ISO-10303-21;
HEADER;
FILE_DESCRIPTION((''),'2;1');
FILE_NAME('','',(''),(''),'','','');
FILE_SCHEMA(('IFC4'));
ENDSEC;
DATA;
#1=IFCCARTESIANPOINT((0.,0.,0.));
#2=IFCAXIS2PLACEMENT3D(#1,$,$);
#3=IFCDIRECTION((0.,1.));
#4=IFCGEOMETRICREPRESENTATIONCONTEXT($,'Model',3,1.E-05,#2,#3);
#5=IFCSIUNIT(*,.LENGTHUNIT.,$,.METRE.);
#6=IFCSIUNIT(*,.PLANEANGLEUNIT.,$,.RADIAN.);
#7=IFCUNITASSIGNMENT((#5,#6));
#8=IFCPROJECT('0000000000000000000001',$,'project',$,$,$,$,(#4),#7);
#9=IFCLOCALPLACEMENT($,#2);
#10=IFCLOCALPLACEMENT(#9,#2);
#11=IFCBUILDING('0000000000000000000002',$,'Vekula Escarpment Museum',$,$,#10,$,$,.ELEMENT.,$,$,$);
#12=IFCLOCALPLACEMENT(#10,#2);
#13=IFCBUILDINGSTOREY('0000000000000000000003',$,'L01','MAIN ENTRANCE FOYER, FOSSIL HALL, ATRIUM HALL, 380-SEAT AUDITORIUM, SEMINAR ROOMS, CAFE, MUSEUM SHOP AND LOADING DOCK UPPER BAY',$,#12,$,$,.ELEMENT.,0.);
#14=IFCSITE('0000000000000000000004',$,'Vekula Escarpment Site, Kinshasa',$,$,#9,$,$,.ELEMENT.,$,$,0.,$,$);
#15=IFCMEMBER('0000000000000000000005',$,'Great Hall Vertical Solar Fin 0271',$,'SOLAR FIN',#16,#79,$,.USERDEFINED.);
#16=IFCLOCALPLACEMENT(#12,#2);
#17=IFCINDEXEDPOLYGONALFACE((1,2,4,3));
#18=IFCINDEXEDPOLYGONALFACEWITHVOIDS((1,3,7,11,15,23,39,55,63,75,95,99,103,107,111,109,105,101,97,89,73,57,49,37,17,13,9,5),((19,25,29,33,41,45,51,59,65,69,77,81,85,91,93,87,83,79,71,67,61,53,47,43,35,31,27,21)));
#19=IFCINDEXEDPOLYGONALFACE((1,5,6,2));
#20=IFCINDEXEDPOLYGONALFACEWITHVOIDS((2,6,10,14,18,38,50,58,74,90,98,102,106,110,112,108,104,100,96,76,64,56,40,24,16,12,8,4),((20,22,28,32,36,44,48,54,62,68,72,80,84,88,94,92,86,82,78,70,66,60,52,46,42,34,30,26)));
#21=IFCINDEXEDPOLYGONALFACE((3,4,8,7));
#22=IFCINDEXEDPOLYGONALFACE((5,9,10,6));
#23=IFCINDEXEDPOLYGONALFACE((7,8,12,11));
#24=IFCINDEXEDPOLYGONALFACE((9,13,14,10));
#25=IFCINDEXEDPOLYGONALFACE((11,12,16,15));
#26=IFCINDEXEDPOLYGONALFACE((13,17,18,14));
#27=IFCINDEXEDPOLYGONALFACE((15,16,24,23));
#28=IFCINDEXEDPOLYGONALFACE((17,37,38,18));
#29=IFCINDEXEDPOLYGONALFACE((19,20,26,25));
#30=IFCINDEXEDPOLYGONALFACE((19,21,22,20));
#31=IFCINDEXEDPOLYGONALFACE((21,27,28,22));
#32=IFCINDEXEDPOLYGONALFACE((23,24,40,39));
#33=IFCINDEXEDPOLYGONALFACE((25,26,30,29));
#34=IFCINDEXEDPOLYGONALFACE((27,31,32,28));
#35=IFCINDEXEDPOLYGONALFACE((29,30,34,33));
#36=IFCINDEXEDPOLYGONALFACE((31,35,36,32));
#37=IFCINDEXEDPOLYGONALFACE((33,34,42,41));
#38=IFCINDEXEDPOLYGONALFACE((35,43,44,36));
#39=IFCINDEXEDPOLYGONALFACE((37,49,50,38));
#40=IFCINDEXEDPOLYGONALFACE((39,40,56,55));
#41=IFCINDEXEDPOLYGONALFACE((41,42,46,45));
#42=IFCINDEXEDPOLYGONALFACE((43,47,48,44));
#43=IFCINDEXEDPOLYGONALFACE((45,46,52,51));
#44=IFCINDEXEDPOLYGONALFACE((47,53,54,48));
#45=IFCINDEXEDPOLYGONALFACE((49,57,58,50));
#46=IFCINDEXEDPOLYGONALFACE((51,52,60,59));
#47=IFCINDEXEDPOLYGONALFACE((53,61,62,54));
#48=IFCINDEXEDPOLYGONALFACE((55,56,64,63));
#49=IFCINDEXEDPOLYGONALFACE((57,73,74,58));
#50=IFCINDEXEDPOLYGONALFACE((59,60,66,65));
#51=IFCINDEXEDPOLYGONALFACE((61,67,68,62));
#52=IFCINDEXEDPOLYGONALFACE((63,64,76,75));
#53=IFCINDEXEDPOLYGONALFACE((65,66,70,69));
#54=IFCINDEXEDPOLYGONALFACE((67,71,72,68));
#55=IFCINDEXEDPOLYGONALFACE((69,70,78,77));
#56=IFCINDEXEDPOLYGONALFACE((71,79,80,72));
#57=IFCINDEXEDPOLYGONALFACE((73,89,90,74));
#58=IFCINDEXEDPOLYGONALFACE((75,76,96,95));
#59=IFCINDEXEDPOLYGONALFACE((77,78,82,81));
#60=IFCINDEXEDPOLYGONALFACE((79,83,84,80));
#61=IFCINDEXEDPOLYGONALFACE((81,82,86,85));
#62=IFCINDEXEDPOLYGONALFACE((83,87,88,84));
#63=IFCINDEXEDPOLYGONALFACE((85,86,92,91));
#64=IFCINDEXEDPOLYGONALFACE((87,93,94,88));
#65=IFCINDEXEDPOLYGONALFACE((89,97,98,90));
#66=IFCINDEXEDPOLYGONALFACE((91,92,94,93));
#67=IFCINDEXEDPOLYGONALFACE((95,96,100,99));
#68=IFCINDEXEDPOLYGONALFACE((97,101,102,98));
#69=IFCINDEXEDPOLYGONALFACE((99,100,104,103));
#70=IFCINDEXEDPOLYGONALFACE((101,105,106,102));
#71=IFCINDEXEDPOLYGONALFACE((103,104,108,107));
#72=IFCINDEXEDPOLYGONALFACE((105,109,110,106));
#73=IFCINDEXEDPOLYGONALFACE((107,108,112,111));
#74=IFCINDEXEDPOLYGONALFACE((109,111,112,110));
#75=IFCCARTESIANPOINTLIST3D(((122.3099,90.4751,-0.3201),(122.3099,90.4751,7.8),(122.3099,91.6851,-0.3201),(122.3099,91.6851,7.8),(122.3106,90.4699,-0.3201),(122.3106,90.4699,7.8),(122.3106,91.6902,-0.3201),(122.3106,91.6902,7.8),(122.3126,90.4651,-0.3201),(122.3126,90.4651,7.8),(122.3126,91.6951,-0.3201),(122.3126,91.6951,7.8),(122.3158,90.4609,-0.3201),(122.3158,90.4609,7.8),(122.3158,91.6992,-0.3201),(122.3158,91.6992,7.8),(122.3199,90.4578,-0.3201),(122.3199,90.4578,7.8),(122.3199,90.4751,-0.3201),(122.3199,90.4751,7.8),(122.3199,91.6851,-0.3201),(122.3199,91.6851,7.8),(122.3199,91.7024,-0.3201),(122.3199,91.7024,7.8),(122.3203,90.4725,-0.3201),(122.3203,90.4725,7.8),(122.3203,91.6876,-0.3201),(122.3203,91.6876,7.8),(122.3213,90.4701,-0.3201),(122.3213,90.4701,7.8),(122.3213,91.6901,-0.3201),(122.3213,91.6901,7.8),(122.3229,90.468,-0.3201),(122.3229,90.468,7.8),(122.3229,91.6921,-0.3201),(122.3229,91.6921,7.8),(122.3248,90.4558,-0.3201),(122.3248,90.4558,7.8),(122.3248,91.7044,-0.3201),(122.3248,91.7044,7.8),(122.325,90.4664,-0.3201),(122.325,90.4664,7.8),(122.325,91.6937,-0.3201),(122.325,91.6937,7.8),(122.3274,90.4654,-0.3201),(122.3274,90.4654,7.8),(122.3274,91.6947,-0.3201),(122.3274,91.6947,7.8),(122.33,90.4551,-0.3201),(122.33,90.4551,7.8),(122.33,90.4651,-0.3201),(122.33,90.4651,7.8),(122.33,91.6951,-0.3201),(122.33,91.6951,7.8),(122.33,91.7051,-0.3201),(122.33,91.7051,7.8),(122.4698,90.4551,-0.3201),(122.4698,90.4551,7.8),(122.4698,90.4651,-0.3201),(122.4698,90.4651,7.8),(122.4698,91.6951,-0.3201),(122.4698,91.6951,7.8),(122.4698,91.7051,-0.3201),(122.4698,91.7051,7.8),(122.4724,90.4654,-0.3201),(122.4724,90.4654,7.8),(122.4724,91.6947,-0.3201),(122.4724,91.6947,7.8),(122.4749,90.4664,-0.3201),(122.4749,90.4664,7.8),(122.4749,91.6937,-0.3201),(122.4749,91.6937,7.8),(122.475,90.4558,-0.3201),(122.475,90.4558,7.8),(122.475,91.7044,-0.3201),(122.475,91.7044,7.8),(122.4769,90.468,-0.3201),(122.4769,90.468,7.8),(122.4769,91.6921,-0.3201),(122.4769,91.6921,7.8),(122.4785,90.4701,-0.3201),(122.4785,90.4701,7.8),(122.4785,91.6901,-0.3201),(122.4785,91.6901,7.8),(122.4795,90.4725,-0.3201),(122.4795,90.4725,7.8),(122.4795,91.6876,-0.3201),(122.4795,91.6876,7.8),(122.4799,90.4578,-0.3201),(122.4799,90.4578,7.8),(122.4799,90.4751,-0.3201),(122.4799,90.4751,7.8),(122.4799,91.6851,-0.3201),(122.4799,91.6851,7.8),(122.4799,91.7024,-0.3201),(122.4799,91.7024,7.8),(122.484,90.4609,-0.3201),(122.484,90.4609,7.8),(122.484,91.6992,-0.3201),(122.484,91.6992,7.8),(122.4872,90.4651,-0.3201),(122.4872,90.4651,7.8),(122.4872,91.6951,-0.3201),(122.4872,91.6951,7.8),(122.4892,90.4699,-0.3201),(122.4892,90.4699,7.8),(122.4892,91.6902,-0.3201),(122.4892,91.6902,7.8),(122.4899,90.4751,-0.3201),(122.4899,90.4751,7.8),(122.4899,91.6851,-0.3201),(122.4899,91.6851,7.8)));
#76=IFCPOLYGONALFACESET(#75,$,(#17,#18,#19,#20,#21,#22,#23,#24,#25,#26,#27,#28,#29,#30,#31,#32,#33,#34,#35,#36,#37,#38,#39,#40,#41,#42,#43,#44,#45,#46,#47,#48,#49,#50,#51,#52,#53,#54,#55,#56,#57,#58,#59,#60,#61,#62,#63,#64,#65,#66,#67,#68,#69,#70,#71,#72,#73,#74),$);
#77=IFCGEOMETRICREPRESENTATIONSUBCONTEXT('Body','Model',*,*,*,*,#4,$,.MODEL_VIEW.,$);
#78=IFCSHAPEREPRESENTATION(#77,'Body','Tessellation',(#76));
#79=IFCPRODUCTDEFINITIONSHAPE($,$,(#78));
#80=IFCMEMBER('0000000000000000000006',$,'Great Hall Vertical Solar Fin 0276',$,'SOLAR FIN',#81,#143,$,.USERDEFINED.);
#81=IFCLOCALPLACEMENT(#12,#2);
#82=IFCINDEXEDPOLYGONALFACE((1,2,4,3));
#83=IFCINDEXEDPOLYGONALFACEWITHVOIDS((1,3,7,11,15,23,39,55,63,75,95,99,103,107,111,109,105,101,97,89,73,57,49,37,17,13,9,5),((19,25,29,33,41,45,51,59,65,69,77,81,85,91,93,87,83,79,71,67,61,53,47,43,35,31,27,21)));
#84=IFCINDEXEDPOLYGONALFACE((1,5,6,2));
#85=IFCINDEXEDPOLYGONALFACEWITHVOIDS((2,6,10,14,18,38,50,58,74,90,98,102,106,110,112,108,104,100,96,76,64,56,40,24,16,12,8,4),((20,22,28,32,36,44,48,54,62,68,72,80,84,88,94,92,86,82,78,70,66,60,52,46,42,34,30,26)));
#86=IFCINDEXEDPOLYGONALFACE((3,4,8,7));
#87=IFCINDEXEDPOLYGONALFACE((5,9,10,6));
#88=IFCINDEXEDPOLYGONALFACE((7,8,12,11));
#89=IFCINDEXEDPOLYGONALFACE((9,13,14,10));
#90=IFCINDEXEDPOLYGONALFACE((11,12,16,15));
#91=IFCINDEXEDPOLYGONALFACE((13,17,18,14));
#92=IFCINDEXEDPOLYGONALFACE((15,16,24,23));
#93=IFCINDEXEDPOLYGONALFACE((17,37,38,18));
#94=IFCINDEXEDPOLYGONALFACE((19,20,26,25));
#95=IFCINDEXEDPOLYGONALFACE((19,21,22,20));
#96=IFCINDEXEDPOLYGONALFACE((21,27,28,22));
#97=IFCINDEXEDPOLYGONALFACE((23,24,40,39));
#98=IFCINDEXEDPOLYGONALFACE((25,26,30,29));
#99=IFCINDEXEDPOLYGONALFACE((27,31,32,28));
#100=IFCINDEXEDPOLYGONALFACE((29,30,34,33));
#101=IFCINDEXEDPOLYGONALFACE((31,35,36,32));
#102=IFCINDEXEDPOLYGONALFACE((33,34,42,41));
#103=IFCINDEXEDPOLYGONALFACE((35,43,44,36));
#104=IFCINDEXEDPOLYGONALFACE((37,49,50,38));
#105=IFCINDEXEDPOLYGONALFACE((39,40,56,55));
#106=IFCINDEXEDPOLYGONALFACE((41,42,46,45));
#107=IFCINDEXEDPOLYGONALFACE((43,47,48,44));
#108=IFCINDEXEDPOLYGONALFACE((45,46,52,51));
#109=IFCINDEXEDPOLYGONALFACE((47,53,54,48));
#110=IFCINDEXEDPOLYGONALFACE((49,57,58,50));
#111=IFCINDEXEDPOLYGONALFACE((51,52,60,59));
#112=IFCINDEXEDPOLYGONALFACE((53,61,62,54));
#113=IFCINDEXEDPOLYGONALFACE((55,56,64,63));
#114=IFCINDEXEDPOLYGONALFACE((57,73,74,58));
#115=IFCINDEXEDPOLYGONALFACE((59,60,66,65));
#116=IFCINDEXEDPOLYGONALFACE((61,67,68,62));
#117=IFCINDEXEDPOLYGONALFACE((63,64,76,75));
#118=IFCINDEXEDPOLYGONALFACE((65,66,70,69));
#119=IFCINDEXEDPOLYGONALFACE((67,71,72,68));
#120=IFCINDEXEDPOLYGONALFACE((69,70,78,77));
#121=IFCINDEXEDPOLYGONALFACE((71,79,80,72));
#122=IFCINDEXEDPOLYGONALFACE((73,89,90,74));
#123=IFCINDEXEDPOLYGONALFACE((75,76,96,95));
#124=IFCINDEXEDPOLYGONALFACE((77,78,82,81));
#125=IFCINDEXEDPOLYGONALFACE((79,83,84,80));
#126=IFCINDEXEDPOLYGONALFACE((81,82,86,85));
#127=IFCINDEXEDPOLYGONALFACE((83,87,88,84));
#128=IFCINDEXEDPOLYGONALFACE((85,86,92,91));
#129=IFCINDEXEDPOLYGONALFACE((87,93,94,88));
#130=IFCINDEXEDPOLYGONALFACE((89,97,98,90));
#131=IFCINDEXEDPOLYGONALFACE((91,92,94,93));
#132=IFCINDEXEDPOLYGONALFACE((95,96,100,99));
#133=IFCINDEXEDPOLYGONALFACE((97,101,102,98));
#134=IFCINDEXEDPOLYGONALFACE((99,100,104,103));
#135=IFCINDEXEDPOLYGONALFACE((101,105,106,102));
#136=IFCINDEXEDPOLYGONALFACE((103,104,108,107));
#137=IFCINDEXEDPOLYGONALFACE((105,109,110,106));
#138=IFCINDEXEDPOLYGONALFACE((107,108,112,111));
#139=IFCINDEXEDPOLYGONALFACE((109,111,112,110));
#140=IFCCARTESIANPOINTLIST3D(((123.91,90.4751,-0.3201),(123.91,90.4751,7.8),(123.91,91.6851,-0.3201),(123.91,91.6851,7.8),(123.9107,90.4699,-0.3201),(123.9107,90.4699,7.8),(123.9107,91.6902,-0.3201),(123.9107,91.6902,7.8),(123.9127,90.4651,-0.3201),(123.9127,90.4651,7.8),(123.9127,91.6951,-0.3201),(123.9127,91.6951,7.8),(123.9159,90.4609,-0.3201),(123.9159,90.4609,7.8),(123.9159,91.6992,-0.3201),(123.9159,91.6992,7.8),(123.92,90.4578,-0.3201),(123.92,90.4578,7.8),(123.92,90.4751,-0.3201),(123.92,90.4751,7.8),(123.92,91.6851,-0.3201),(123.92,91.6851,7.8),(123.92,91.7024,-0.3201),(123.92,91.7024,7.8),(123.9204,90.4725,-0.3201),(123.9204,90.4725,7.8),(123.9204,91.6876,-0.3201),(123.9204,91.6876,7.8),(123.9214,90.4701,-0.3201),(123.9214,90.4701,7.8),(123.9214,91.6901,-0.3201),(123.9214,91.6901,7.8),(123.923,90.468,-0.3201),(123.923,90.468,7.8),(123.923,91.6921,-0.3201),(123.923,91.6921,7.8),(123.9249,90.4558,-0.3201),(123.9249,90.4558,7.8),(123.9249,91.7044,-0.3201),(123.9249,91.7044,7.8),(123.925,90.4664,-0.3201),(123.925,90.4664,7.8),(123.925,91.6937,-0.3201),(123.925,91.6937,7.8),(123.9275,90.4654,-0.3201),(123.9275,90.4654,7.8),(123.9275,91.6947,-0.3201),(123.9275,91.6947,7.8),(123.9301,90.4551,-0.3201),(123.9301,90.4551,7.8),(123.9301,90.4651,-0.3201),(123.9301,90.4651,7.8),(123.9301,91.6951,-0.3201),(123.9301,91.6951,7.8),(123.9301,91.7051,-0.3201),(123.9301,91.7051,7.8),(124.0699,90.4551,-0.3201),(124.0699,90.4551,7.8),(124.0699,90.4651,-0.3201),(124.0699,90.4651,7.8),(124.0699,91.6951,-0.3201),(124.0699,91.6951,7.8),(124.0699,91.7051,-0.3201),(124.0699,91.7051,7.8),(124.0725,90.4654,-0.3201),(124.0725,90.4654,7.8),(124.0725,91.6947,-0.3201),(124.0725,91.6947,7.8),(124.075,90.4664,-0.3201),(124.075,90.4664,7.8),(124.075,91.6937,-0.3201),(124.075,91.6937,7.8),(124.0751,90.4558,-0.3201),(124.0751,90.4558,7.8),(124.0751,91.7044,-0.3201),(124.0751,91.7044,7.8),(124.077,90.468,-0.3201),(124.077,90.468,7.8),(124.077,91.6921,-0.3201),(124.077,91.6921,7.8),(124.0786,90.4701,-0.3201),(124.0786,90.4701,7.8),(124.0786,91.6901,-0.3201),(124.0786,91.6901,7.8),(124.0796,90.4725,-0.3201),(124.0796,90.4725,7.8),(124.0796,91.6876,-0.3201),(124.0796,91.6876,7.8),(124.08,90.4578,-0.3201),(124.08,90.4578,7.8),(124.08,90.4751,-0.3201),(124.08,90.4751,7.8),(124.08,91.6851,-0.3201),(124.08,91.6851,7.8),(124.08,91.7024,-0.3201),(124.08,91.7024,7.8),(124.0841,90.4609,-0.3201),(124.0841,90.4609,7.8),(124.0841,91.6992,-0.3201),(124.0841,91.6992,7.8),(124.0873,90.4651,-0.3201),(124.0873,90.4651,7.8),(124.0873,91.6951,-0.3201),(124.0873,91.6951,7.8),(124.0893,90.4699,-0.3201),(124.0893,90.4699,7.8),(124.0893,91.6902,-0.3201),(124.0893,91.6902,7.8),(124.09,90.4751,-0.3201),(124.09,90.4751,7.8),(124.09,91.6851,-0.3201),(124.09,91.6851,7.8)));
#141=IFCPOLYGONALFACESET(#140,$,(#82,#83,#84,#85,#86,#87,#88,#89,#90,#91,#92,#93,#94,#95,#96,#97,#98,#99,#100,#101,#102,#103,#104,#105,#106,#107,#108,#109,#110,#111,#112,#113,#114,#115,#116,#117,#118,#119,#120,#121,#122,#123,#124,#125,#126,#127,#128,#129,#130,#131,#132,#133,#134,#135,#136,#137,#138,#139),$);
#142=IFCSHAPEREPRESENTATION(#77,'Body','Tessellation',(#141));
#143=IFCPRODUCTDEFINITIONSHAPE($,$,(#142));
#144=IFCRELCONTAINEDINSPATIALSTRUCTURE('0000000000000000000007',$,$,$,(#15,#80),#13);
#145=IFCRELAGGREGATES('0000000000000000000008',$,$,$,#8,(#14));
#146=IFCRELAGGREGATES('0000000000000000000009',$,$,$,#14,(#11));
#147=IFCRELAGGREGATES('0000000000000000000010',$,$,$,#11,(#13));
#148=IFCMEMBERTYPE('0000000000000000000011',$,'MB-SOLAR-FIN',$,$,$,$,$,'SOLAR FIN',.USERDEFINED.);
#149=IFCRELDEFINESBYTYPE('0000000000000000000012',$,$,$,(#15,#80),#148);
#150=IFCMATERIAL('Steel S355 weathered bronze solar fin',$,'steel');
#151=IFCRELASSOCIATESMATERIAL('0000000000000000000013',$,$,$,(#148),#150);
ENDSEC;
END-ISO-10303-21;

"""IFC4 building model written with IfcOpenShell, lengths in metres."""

from ifc_helpers import new_model, si_unit, direction, frame, origin, origin_2d, place, context, subcontext, project, spatial, hollow_rectangle, extrude, material, material_profile, profile_set, type_object, element, save


model = new_model("IFC4")

# Units and contexts
model_context = context("Model", 3, precision=1e-05, world=origin(), true_north=direction((0.0, 1.0)))
body_context = subcontext(model_context, "Body", "Model", "MODEL_VIEW")
ifc_project = project(units=[si_unit("LENGTHUNIT", "METRE"), si_unit("PLANEANGLEUNIT", "RADIAN")], contexts=[model_context])

# Site, building, storey
site_placement = place(None, origin())
site = spatial("IfcSite", under=ifc_project, at=site_placement, Name="Vekula Escarpment Site, Kinshasa", CompositionType="ELEMENT", RefElevation=0.0)
building_placement = place(site_placement, origin())
building = spatial("IfcBuilding", under=site, at=building_placement, Name="Vekula Escarpment Museum", CompositionType="ELEMENT")
storey_placement = place(building_placement, origin())
storey = spatial("IfcBuildingStorey", under=building, at=storey_placement, Name="L01", Description="MAIN ENTRANCE FOYER, FOSSIL HALL, ATRIUM HALL, 380-SEAT AUDITORIUM, SEMINAR ROOMS, CAFE, MUSEUM SHOP AND LOADING DOCK UPPER BAY", CompositionType="ELEMENT", Elevation=0.0)

# Members
ifc_material_1 = material(Name="Steel S355 weathered bronze solar fin", Category="steel")
ifc_material_profile_1 = material_profile(ifc_material_1, hollow_rectangle(XDim=0.1799, YDim=1.25, WallThickness=0.01, InnerFilletRadius=0.01, OuterFilletRadius=0.02, at=origin_2d()), Name="RHS 1250x180x10")
ifc_profile_set_1 = profile_set([ifc_material_profile_1], Name="Steel S355 weathered bronze solar fin")
member_type = type_object("IfcMemberType", Name="MB-SOLAR-FIN", ElementType="SOLAR FIN", PredefinedType="USERDEFINED", material=ifc_profile_set_1)
for number, where, z_axis, x_axis, name in (
    (1, (122.3999, 91.0801, -0.3201), (0.0, 0.0, 1.0), (1.0, 0.0, 0.0), "Great Hall Vertical Solar Fin 0271"),
    (2, (124.0, 91.0801, -0.3201), (0.0, 0.0, 1.0), (1.0, 0.0, 0.0), "Great Hall Vertical Solar Fin 0276"),
):
    element("IfcMember", number, at=place(storey_placement, frame(where, z_axis=z_axis, x_axis=x_axis)), inside=storey, type_object=member_type, Name=name, ObjectType="SOLAR FIN", PredefinedType="USERDEFINED", context=body_context, shape_type="SweptSolid", body=[
        extrude(hollow_rectangle(XDim=0.1799, YDim=1.25, WallThickness=0.01, InnerFilletRadius=0.01, OuterFilletRadius=0.02, at=origin_2d()), origin(), (0.0, 0.0, 1.0), 8.1201),
    ])

save(model, "model.ifc")
